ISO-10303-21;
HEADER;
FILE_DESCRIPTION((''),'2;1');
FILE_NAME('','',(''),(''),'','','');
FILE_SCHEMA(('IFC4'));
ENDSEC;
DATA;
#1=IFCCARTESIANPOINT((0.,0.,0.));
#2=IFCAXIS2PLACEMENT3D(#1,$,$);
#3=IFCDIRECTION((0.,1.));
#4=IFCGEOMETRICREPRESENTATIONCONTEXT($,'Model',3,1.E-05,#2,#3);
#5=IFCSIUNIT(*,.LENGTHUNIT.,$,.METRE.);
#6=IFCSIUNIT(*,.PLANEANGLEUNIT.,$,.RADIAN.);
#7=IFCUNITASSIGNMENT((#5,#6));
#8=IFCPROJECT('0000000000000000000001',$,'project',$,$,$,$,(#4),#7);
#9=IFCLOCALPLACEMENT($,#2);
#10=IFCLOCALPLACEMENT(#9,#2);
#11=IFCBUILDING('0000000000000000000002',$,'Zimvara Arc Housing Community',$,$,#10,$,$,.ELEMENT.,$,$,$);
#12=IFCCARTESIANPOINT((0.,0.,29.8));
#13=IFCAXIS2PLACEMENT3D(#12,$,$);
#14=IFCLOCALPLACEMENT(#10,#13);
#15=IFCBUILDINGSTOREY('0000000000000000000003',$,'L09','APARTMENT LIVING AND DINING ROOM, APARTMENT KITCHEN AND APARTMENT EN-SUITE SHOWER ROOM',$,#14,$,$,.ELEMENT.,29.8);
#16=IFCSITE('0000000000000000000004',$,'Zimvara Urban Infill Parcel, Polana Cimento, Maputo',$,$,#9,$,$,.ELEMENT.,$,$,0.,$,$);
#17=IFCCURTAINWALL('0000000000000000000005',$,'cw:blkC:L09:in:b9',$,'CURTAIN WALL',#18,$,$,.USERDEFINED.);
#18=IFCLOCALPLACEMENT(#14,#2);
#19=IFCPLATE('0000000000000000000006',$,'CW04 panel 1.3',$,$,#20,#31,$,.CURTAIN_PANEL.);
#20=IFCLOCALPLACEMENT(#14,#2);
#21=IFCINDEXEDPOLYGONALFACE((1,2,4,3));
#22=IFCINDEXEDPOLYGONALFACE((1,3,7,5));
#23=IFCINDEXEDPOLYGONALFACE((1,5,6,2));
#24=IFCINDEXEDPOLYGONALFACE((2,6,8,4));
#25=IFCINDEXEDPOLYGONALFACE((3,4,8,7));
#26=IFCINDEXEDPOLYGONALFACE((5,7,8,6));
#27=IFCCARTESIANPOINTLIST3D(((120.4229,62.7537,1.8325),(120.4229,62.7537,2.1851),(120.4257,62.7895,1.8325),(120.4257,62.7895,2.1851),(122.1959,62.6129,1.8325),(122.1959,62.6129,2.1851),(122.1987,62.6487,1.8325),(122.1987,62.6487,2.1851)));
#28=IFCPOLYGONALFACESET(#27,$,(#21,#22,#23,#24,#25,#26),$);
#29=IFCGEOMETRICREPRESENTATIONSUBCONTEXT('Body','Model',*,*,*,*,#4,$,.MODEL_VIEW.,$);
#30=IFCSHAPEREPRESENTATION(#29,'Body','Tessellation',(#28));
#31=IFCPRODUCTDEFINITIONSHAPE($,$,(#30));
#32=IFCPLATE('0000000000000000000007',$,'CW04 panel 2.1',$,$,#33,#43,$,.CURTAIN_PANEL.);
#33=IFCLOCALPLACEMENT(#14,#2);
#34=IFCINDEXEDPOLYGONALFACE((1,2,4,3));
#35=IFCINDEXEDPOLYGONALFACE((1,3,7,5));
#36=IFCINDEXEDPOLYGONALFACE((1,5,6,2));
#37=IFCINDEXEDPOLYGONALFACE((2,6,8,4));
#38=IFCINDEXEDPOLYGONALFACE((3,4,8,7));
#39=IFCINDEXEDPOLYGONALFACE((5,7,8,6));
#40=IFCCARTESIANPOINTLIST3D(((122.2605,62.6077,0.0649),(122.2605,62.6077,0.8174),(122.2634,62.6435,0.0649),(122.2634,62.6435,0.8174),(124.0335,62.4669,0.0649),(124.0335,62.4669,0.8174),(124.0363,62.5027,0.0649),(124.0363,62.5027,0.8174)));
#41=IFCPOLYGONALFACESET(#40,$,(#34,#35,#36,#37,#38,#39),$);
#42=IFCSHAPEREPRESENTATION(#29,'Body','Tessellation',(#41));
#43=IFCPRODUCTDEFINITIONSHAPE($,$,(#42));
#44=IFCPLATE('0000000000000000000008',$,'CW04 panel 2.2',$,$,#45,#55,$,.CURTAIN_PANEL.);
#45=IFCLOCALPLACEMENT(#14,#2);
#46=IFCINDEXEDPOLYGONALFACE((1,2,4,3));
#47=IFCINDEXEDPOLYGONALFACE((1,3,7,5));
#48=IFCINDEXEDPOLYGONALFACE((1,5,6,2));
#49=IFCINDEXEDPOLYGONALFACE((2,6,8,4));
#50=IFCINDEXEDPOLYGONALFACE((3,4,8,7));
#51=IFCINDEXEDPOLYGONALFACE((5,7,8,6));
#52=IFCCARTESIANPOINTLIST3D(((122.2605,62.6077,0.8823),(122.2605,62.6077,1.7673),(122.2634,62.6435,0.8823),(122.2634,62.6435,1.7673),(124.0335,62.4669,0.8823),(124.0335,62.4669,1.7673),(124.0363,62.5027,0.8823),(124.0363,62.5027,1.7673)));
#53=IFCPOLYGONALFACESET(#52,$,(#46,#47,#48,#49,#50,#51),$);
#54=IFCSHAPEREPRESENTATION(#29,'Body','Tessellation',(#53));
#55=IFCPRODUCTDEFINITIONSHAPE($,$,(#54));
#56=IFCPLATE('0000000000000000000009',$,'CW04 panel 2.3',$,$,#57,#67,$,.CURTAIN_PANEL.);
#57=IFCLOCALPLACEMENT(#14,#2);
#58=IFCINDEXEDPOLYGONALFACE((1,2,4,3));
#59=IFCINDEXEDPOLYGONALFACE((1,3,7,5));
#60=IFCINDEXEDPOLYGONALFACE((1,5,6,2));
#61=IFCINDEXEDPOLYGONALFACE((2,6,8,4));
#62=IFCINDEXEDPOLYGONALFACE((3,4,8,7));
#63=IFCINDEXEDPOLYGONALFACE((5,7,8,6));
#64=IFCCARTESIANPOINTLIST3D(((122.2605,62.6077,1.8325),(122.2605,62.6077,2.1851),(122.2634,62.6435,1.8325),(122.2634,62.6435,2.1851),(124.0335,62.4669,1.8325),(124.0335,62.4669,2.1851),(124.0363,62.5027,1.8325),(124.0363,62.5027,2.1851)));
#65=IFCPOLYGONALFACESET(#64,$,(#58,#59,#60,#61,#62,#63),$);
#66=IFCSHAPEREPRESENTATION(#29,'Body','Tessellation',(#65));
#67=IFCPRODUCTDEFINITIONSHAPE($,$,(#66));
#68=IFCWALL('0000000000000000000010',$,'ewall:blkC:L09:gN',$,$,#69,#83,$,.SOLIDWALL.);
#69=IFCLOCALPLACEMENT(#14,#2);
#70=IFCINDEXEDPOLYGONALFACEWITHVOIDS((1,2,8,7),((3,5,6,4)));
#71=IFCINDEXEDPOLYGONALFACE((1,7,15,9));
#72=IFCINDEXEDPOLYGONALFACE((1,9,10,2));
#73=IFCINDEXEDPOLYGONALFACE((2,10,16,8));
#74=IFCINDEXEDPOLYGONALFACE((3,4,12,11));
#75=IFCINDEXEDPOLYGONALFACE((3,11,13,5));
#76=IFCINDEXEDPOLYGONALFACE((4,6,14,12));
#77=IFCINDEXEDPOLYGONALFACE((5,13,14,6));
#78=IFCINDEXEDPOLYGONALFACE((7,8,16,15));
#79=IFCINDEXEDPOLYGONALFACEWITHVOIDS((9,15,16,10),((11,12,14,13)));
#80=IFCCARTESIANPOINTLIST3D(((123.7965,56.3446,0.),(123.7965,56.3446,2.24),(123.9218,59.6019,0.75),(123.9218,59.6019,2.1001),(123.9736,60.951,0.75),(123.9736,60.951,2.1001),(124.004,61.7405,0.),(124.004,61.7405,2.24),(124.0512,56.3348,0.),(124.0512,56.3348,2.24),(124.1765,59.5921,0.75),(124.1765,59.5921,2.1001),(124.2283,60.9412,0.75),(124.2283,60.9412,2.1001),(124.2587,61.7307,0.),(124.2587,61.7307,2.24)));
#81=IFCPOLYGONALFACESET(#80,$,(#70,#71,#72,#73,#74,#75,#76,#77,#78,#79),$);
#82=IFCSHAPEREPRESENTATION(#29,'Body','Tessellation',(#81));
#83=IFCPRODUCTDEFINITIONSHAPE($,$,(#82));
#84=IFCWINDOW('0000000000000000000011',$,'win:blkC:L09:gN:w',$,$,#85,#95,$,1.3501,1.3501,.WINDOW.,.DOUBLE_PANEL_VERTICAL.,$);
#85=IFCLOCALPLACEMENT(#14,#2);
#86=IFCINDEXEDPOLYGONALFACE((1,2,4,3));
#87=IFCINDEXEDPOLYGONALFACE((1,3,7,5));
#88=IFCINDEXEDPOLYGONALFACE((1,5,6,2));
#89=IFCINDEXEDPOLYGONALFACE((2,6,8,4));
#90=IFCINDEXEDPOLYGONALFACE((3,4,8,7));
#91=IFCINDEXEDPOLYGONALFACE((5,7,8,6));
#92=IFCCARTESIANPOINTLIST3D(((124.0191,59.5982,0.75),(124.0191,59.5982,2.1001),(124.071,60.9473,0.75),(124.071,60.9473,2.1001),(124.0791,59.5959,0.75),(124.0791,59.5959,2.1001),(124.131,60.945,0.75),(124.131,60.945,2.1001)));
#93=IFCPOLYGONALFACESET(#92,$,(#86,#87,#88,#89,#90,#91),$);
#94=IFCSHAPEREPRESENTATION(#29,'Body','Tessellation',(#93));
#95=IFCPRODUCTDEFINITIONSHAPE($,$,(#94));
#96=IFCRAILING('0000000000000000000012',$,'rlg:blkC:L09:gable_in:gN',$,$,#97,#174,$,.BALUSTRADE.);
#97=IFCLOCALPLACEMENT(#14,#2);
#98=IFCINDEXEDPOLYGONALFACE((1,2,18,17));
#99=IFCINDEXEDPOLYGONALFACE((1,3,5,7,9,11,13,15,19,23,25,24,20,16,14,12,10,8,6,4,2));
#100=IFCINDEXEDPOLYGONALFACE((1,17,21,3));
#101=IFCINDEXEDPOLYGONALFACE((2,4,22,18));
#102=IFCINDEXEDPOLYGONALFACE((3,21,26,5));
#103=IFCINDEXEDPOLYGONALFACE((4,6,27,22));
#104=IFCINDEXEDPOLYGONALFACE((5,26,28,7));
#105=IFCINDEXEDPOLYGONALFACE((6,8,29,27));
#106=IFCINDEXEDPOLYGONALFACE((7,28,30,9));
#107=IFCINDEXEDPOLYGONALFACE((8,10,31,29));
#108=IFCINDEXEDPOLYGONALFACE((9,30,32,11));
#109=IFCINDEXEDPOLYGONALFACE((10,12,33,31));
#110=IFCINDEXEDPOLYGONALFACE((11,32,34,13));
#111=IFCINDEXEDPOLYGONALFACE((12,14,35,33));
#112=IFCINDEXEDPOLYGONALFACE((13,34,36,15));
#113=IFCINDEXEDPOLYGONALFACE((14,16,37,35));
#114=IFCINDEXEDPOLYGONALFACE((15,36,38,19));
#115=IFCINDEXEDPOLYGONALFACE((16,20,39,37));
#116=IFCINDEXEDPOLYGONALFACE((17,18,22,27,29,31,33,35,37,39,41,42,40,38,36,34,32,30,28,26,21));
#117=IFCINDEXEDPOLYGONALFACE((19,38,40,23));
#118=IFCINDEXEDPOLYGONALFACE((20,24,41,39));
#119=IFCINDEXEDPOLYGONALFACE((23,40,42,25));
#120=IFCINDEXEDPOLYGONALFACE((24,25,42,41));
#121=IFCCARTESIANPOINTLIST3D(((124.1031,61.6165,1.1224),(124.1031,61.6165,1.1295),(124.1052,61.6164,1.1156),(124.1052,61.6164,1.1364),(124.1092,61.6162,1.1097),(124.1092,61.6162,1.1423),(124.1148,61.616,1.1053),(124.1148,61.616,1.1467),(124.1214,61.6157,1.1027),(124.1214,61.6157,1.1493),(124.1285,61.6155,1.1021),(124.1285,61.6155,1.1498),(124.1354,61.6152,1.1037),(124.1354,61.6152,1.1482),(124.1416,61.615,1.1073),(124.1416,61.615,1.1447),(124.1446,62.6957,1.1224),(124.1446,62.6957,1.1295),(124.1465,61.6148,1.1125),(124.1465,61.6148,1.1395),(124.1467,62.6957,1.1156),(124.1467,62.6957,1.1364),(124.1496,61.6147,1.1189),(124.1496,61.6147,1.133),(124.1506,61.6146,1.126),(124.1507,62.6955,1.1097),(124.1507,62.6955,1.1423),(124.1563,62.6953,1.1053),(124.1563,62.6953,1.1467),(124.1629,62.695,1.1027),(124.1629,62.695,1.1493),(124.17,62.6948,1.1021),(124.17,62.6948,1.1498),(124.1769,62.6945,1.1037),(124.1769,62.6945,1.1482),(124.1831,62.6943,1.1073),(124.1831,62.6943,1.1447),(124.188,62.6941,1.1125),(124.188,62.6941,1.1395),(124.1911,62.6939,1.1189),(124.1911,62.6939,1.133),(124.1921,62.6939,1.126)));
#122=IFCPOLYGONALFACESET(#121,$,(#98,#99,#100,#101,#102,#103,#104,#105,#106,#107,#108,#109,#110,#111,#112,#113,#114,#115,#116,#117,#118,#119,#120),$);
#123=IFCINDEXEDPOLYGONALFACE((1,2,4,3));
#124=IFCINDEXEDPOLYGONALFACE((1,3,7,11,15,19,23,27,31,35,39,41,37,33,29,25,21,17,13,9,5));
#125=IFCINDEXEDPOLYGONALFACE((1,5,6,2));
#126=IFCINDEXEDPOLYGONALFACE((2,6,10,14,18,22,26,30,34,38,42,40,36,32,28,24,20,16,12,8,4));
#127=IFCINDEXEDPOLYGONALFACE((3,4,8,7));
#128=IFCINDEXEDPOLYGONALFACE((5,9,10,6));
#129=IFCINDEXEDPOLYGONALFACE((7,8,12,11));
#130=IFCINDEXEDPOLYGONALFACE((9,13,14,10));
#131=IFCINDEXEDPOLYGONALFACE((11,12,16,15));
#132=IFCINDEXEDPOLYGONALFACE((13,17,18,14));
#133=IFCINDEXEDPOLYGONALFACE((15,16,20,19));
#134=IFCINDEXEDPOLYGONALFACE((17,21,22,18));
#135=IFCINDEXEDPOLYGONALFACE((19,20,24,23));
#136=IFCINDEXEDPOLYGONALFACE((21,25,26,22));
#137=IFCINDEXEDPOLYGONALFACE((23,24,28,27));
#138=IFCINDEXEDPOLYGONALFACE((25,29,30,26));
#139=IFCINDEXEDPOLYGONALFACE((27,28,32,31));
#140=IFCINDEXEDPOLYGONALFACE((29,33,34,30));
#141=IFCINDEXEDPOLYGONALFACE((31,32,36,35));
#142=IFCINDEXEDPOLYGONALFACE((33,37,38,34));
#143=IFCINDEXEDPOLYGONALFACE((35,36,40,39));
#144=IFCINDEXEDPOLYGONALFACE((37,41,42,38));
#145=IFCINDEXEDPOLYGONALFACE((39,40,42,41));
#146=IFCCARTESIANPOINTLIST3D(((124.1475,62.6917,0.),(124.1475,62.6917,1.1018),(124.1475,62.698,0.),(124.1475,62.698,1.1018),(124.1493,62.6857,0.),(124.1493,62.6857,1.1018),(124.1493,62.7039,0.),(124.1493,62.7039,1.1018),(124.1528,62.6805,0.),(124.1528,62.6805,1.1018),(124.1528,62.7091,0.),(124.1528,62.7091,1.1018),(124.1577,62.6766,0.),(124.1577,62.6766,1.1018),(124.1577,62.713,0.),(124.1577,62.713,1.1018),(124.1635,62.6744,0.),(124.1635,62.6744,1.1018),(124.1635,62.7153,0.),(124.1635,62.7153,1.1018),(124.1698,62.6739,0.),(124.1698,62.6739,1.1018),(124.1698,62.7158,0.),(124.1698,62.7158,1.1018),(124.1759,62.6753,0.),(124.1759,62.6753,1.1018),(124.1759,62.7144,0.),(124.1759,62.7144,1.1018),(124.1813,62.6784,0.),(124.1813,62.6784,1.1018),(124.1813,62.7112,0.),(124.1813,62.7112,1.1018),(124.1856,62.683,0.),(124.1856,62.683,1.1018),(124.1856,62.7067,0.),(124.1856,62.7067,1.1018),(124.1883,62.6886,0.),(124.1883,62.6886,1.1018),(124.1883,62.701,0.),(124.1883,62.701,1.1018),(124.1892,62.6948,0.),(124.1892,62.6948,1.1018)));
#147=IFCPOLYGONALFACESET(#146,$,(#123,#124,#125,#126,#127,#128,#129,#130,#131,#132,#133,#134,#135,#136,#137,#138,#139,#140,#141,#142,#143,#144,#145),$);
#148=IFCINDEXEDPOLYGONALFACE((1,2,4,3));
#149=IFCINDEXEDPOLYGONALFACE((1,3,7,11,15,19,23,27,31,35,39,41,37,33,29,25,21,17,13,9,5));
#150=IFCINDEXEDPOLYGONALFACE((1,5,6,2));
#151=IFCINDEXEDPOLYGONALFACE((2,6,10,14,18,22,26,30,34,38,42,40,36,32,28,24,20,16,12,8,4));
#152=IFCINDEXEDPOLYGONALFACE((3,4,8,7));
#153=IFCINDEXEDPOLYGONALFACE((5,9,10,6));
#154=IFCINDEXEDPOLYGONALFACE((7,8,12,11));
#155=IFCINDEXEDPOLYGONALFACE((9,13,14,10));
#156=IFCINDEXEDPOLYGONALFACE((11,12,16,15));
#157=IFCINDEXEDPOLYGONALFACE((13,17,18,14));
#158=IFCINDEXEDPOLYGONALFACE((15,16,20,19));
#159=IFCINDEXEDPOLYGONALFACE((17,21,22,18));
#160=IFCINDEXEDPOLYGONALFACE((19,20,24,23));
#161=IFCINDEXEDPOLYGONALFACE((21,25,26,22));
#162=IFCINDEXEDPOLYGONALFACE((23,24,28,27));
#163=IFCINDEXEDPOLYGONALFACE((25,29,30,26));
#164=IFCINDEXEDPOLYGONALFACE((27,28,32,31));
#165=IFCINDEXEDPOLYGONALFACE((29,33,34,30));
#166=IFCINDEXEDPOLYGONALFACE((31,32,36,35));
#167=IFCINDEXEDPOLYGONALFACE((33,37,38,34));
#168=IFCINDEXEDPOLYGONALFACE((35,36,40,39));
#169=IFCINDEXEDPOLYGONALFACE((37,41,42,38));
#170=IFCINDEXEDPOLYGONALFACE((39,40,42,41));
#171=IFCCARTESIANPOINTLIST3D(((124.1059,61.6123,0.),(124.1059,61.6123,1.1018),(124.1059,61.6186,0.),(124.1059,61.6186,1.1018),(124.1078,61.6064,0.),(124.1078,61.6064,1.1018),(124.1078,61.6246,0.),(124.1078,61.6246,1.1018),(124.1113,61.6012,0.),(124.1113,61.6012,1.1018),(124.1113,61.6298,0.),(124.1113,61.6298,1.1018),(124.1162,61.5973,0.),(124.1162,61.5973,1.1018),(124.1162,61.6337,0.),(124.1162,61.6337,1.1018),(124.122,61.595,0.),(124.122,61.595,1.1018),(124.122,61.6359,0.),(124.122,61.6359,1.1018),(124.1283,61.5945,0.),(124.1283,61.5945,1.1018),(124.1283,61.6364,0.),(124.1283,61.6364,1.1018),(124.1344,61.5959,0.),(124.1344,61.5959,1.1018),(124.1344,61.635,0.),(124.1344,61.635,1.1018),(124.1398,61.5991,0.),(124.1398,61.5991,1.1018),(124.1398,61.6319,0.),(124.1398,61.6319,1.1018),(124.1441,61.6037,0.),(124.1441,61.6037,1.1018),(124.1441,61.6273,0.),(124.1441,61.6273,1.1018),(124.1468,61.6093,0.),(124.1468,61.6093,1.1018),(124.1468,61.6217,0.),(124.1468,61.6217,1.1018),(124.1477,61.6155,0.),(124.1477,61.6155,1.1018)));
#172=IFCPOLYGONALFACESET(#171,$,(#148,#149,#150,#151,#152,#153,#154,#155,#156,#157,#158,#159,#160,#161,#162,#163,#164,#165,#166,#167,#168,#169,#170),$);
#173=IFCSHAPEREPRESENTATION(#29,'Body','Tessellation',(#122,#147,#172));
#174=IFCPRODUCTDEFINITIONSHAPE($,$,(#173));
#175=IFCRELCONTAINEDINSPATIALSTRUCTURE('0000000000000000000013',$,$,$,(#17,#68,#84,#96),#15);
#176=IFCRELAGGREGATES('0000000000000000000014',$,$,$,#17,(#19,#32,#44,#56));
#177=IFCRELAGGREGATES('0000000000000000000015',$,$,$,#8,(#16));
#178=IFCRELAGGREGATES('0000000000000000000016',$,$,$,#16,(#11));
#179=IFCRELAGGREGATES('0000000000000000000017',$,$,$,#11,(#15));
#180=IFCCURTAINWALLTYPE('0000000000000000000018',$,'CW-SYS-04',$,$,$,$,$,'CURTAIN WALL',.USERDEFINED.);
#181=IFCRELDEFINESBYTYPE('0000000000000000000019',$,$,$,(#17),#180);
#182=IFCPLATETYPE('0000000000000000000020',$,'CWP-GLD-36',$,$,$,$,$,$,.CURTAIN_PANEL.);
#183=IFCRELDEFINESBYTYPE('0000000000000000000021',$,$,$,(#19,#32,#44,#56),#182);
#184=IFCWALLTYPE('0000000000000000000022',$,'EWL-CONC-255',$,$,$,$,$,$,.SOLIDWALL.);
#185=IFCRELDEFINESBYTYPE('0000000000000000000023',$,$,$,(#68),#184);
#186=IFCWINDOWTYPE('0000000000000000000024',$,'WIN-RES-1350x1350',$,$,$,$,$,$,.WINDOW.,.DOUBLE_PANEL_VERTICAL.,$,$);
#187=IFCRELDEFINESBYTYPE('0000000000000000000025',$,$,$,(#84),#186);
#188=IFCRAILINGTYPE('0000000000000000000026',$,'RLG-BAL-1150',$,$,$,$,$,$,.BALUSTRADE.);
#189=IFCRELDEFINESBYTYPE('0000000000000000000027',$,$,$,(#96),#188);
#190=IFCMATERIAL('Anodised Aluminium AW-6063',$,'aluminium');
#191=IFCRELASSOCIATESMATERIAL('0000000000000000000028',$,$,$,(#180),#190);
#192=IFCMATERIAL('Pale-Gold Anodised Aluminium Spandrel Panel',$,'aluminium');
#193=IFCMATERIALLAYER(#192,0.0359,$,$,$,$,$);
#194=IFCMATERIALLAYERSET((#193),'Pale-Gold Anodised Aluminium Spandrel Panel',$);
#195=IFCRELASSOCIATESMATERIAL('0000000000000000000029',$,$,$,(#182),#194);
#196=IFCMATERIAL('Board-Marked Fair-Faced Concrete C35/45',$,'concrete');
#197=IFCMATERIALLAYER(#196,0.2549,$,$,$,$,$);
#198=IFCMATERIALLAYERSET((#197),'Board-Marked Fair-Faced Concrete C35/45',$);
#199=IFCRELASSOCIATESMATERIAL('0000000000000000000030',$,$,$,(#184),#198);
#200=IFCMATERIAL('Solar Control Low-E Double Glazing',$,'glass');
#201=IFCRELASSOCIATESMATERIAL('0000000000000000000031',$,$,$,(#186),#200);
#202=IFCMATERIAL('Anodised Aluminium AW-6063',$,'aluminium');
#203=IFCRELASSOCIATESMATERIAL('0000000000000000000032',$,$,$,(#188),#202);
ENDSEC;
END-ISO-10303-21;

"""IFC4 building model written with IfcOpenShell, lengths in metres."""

from ifc_helpers import new_model, si_unit, direction, frame, frame_2d, origin, origin_2d, place, context, subcontext, project, spatial, rectangle, circle, extrude, material, layer, layer_set, type_object, element, fill, aggregate, save


model = new_model("IFC4")

# Units and contexts
model_context = context("Model", 3, precision=1e-05, world=origin(), true_north=direction((0.0, 1.0)))
body_context = subcontext(model_context, "Body", "Model", "MODEL_VIEW")
ifc_project = project(units=[si_unit("LENGTHUNIT", "METRE"), si_unit("PLANEANGLEUNIT", "RADIAN")], contexts=[model_context])

# Site, building, storey
site_placement = place(None, origin())
site = spatial("IfcSite", under=ifc_project, at=site_placement, Name="Zimvara Urban Infill Parcel, Polana Cimento, Maputo", CompositionType="ELEMENT", RefElevation=0.0)
building_placement = place(site_placement, origin())
building = spatial("IfcBuilding", under=site, at=building_placement, Name="Zimvara Arc Housing Community", CompositionType="ELEMENT")
storey_placement = place(building_placement, frame((0.0, 0.0, 29.8)))
storey = spatial("IfcBuildingStorey", under=building, at=storey_placement, Name="L09", Description="APARTMENT LIVING AND DINING ROOM, APARTMENT KITCHEN AND APARTMENT EN-SUITE SHOWER ROOM", CompositionType="ELEMENT", Elevation=29.8)

# Curtain wall, plates
ifc_material_1 = material(Name="Anodised Aluminium AW-6063", Category="aluminium")
curtain_wall_type = type_object("IfcCurtainWallType", Name="CW-SYS-04", ElementType="CURTAIN WALL", PredefinedType="USERDEFINED", material=ifc_material_1)
curtain_wall_placement = place(storey_placement, origin())
curtain_wall = element("IfcCurtainWall", 1, at=curtain_wall_placement, inside=storey, type_object=curtain_wall_type, Name="cw:blkC:L09:in:b9", ObjectType="CURTAIN WALL", PredefinedType="USERDEFINED")
ifc_material_2 = material(Name="Pale-Gold Anodised Aluminium Spandrel Panel", Category="aluminium")
ifc_layer_1 = layer(ifc_material_2, 0.0359)
ifc_layer_set_1 = layer_set([ifc_layer_1], Name="Pale-Gold Anodised Aluminium Spandrel Panel")
plate_type = type_object("IfcPlateType", Name="CWP-GLD-36", PredefinedType="CURTAIN_PANEL", material=ifc_layer_set_1)
plate_1_placement = place(storey_placement, frame((121.3108, 62.7012, 1.8325), z_axis=(0.0, 0.0, 1.0), x_axis=(0.996862, -0.079155, 0.0)))
plate_1 = element("IfcPlate", 2, at=plate_1_placement, type_object=plate_type, Name="CW04 panel 1.3", PredefinedType="CURTAIN_PANEL", context=body_context, shape_type="SweptSolid", body=[
    extrude(rectangle(XDim=1.7786, YDim=0.0359, at=origin_2d()), origin(), (0.0, 0.0, 1.0), 0.3525),
])
plate_2_placement = place(storey_placement, frame((123.1484, 62.5552, 0.0649), z_axis=(0.0, 0.0, 1.0), x_axis=(0.996862, -0.079155, 0.0)))
plate_2 = element("IfcPlate", 3, at=plate_2_placement, type_object=plate_type, Name="CW04 panel 2.1", PredefinedType="CURTAIN_PANEL", context=body_context, shape_type="SweptSolid", body=[
    extrude(rectangle(XDim=1.7786, YDim=0.0359, at=origin_2d()), origin(), (0.0, 0.0, 1.0), 0.7524),
])
plate_3_placement = place(storey_placement, frame((123.1484, 62.5552, 0.8823), z_axis=(0.0, 0.0, 1.0), x_axis=(0.996862, -0.079155, 0.0)))
plate_3 = element("IfcPlate", 4, at=plate_3_placement, type_object=plate_type, Name="CW04 panel 2.2", PredefinedType="CURTAIN_PANEL", context=body_context, shape_type="SweptSolid", body=[
    extrude(rectangle(XDim=1.7786, YDim=0.0359, at=origin_2d()), origin(), (0.0, 0.0, 1.0), 0.885),
])
plate_4_placement = place(storey_placement, frame((123.1484, 62.5552, 1.8325), z_axis=(0.0, 0.0, 1.0), x_axis=(0.996862, -0.079155, 0.0)))
plate_4 = element("IfcPlate", 5, at=plate_4_placement, type_object=plate_type, Name="CW04 panel 2.3", PredefinedType="CURTAIN_PANEL", context=body_context, shape_type="SweptSolid", body=[
    extrude(rectangle(XDim=1.7786, YDim=0.0359, at=origin_2d()), origin(), (0.0, 0.0, 1.0), 0.3525),
])
aggregate(curtain_wall, [plate_1, plate_2, plate_3, plate_4])

# Wall, opening, window
ifc_material_3 = material(Name="Board-Marked Fair-Faced Concrete C35/45", Category="concrete")
ifc_layer_2 = layer(ifc_material_3, 0.2549)
ifc_layer_set_2 = layer_set([ifc_layer_2], Name="Board-Marked Fair-Faced Concrete C35/45")
wall_type = type_object("IfcWallType", Name="EWL-CONC-255", PredefinedType="SOLIDWALL", material=ifc_layer_set_2)
wall_placement = place(storey_placement, frame((124.1313, 61.7356, 0.0), z_axis=(0.0, 0.0, 1.0), x_axis=(-0.03843, -0.999261, 0.0)))
wall = element("IfcWall", 6, at=wall_placement, inside=storey, type_object=wall_type, Name="ewall:blkC:L09:gN", PredefinedType="SOLIDWALL", context=body_context, shape_type="SweptSolid", body=[
    extrude(rectangle(XDim=5.3999, YDim=0.2549, at=frame_2d((2.7, 0.0))), origin(), (0.0, 0.0, 1.0), 2.24),
])
opening_placement = place(wall_placement, frame((0.79, 0.0, 0.75)))
opening = element("IfcOpeningElement", 7, at=opening_placement, cuts=wall, PredefinedType="OPENING", context=body_context, shape_type="SweptSolid", body=[
    extrude(rectangle(XDim=1.3501, YDim=1.3501, at=frame_2d((0.675, 0.675))), frame((0.0, 0.1375, 0.0), z_axis=(0.0, -1.0, 0.0), x_axis=(1.0, 0.0, 0.0)), (0.0, 0.0, 1.0), 0.2749),
])
ifc_material_4 = material(Name="Solar Control Low-E Double Glazing", Category="glass")
window_type = type_object("IfcWindowType", Name="WIN-RES-1350x1350", PartitioningType="DOUBLE_PANEL_VERTICAL", PredefinedType="WINDOW", material=ifc_material_4)
window_placement = place(opening_placement, origin())
window = element("IfcWindow", 8, at=window_placement, inside=storey, type_object=window_type, Name="win:blkC:L09:gN:w", OverallHeight=1.3501, OverallWidth=1.3501, PartitioningType="DOUBLE_PANEL_VERTICAL", PredefinedType="WINDOW", context=body_context, shape_type="SweptSolid", body=[
    extrude(rectangle(XDim=1.3501, YDim=1.3501, at=frame_2d((0.675, 0.675))), frame((0.0, 0.03, 0.0), z_axis=(0.0, -1.0, 0.0), x_axis=(1.0, 0.0, 0.0)), (0.0, 0.0, 1.0), 0.0601),
])
fill(opening, window)

# Railing
ifc_material_5 = material(Name="Anodised Aluminium AW-6063", Category="aluminium")
railing_type = type_object("IfcRailingType", Name="RLG-BAL-1150", PredefinedType="BALUSTRADE", material=ifc_material_5)
railing_placement = place(storey_placement, frame((124.1682, 62.6948, 0.0)))
element("IfcRailing", 9, at=railing_placement, inside=storey, type_object=railing_type, Name="rlg:blkC:L09:gable_in:gN", PredefinedType="BALUSTRADE", context=body_context, shape_type="SweptSolid", body=[
    extrude(circle(Radius=0.0239, at=origin_2d()), frame((0.0, 0.0, 1.126), z_axis=(-0.038424, -0.999262, 0.0), x_axis=(0.999262, -0.038424, 0.0)), (0.0, 0.0, 1.0), 1.0801),
    extrude(circle(Radius=0.021, at=origin_2d()), origin(), (0.0, 0.0, 1.0), 1.1018),
    extrude(circle(Radius=0.021, at=origin_2d()), frame((-0.0415, -1.0793, 0.0)), (0.0, 0.0, 1.0), 1.1018),
])

save(model, "model.ifc")
